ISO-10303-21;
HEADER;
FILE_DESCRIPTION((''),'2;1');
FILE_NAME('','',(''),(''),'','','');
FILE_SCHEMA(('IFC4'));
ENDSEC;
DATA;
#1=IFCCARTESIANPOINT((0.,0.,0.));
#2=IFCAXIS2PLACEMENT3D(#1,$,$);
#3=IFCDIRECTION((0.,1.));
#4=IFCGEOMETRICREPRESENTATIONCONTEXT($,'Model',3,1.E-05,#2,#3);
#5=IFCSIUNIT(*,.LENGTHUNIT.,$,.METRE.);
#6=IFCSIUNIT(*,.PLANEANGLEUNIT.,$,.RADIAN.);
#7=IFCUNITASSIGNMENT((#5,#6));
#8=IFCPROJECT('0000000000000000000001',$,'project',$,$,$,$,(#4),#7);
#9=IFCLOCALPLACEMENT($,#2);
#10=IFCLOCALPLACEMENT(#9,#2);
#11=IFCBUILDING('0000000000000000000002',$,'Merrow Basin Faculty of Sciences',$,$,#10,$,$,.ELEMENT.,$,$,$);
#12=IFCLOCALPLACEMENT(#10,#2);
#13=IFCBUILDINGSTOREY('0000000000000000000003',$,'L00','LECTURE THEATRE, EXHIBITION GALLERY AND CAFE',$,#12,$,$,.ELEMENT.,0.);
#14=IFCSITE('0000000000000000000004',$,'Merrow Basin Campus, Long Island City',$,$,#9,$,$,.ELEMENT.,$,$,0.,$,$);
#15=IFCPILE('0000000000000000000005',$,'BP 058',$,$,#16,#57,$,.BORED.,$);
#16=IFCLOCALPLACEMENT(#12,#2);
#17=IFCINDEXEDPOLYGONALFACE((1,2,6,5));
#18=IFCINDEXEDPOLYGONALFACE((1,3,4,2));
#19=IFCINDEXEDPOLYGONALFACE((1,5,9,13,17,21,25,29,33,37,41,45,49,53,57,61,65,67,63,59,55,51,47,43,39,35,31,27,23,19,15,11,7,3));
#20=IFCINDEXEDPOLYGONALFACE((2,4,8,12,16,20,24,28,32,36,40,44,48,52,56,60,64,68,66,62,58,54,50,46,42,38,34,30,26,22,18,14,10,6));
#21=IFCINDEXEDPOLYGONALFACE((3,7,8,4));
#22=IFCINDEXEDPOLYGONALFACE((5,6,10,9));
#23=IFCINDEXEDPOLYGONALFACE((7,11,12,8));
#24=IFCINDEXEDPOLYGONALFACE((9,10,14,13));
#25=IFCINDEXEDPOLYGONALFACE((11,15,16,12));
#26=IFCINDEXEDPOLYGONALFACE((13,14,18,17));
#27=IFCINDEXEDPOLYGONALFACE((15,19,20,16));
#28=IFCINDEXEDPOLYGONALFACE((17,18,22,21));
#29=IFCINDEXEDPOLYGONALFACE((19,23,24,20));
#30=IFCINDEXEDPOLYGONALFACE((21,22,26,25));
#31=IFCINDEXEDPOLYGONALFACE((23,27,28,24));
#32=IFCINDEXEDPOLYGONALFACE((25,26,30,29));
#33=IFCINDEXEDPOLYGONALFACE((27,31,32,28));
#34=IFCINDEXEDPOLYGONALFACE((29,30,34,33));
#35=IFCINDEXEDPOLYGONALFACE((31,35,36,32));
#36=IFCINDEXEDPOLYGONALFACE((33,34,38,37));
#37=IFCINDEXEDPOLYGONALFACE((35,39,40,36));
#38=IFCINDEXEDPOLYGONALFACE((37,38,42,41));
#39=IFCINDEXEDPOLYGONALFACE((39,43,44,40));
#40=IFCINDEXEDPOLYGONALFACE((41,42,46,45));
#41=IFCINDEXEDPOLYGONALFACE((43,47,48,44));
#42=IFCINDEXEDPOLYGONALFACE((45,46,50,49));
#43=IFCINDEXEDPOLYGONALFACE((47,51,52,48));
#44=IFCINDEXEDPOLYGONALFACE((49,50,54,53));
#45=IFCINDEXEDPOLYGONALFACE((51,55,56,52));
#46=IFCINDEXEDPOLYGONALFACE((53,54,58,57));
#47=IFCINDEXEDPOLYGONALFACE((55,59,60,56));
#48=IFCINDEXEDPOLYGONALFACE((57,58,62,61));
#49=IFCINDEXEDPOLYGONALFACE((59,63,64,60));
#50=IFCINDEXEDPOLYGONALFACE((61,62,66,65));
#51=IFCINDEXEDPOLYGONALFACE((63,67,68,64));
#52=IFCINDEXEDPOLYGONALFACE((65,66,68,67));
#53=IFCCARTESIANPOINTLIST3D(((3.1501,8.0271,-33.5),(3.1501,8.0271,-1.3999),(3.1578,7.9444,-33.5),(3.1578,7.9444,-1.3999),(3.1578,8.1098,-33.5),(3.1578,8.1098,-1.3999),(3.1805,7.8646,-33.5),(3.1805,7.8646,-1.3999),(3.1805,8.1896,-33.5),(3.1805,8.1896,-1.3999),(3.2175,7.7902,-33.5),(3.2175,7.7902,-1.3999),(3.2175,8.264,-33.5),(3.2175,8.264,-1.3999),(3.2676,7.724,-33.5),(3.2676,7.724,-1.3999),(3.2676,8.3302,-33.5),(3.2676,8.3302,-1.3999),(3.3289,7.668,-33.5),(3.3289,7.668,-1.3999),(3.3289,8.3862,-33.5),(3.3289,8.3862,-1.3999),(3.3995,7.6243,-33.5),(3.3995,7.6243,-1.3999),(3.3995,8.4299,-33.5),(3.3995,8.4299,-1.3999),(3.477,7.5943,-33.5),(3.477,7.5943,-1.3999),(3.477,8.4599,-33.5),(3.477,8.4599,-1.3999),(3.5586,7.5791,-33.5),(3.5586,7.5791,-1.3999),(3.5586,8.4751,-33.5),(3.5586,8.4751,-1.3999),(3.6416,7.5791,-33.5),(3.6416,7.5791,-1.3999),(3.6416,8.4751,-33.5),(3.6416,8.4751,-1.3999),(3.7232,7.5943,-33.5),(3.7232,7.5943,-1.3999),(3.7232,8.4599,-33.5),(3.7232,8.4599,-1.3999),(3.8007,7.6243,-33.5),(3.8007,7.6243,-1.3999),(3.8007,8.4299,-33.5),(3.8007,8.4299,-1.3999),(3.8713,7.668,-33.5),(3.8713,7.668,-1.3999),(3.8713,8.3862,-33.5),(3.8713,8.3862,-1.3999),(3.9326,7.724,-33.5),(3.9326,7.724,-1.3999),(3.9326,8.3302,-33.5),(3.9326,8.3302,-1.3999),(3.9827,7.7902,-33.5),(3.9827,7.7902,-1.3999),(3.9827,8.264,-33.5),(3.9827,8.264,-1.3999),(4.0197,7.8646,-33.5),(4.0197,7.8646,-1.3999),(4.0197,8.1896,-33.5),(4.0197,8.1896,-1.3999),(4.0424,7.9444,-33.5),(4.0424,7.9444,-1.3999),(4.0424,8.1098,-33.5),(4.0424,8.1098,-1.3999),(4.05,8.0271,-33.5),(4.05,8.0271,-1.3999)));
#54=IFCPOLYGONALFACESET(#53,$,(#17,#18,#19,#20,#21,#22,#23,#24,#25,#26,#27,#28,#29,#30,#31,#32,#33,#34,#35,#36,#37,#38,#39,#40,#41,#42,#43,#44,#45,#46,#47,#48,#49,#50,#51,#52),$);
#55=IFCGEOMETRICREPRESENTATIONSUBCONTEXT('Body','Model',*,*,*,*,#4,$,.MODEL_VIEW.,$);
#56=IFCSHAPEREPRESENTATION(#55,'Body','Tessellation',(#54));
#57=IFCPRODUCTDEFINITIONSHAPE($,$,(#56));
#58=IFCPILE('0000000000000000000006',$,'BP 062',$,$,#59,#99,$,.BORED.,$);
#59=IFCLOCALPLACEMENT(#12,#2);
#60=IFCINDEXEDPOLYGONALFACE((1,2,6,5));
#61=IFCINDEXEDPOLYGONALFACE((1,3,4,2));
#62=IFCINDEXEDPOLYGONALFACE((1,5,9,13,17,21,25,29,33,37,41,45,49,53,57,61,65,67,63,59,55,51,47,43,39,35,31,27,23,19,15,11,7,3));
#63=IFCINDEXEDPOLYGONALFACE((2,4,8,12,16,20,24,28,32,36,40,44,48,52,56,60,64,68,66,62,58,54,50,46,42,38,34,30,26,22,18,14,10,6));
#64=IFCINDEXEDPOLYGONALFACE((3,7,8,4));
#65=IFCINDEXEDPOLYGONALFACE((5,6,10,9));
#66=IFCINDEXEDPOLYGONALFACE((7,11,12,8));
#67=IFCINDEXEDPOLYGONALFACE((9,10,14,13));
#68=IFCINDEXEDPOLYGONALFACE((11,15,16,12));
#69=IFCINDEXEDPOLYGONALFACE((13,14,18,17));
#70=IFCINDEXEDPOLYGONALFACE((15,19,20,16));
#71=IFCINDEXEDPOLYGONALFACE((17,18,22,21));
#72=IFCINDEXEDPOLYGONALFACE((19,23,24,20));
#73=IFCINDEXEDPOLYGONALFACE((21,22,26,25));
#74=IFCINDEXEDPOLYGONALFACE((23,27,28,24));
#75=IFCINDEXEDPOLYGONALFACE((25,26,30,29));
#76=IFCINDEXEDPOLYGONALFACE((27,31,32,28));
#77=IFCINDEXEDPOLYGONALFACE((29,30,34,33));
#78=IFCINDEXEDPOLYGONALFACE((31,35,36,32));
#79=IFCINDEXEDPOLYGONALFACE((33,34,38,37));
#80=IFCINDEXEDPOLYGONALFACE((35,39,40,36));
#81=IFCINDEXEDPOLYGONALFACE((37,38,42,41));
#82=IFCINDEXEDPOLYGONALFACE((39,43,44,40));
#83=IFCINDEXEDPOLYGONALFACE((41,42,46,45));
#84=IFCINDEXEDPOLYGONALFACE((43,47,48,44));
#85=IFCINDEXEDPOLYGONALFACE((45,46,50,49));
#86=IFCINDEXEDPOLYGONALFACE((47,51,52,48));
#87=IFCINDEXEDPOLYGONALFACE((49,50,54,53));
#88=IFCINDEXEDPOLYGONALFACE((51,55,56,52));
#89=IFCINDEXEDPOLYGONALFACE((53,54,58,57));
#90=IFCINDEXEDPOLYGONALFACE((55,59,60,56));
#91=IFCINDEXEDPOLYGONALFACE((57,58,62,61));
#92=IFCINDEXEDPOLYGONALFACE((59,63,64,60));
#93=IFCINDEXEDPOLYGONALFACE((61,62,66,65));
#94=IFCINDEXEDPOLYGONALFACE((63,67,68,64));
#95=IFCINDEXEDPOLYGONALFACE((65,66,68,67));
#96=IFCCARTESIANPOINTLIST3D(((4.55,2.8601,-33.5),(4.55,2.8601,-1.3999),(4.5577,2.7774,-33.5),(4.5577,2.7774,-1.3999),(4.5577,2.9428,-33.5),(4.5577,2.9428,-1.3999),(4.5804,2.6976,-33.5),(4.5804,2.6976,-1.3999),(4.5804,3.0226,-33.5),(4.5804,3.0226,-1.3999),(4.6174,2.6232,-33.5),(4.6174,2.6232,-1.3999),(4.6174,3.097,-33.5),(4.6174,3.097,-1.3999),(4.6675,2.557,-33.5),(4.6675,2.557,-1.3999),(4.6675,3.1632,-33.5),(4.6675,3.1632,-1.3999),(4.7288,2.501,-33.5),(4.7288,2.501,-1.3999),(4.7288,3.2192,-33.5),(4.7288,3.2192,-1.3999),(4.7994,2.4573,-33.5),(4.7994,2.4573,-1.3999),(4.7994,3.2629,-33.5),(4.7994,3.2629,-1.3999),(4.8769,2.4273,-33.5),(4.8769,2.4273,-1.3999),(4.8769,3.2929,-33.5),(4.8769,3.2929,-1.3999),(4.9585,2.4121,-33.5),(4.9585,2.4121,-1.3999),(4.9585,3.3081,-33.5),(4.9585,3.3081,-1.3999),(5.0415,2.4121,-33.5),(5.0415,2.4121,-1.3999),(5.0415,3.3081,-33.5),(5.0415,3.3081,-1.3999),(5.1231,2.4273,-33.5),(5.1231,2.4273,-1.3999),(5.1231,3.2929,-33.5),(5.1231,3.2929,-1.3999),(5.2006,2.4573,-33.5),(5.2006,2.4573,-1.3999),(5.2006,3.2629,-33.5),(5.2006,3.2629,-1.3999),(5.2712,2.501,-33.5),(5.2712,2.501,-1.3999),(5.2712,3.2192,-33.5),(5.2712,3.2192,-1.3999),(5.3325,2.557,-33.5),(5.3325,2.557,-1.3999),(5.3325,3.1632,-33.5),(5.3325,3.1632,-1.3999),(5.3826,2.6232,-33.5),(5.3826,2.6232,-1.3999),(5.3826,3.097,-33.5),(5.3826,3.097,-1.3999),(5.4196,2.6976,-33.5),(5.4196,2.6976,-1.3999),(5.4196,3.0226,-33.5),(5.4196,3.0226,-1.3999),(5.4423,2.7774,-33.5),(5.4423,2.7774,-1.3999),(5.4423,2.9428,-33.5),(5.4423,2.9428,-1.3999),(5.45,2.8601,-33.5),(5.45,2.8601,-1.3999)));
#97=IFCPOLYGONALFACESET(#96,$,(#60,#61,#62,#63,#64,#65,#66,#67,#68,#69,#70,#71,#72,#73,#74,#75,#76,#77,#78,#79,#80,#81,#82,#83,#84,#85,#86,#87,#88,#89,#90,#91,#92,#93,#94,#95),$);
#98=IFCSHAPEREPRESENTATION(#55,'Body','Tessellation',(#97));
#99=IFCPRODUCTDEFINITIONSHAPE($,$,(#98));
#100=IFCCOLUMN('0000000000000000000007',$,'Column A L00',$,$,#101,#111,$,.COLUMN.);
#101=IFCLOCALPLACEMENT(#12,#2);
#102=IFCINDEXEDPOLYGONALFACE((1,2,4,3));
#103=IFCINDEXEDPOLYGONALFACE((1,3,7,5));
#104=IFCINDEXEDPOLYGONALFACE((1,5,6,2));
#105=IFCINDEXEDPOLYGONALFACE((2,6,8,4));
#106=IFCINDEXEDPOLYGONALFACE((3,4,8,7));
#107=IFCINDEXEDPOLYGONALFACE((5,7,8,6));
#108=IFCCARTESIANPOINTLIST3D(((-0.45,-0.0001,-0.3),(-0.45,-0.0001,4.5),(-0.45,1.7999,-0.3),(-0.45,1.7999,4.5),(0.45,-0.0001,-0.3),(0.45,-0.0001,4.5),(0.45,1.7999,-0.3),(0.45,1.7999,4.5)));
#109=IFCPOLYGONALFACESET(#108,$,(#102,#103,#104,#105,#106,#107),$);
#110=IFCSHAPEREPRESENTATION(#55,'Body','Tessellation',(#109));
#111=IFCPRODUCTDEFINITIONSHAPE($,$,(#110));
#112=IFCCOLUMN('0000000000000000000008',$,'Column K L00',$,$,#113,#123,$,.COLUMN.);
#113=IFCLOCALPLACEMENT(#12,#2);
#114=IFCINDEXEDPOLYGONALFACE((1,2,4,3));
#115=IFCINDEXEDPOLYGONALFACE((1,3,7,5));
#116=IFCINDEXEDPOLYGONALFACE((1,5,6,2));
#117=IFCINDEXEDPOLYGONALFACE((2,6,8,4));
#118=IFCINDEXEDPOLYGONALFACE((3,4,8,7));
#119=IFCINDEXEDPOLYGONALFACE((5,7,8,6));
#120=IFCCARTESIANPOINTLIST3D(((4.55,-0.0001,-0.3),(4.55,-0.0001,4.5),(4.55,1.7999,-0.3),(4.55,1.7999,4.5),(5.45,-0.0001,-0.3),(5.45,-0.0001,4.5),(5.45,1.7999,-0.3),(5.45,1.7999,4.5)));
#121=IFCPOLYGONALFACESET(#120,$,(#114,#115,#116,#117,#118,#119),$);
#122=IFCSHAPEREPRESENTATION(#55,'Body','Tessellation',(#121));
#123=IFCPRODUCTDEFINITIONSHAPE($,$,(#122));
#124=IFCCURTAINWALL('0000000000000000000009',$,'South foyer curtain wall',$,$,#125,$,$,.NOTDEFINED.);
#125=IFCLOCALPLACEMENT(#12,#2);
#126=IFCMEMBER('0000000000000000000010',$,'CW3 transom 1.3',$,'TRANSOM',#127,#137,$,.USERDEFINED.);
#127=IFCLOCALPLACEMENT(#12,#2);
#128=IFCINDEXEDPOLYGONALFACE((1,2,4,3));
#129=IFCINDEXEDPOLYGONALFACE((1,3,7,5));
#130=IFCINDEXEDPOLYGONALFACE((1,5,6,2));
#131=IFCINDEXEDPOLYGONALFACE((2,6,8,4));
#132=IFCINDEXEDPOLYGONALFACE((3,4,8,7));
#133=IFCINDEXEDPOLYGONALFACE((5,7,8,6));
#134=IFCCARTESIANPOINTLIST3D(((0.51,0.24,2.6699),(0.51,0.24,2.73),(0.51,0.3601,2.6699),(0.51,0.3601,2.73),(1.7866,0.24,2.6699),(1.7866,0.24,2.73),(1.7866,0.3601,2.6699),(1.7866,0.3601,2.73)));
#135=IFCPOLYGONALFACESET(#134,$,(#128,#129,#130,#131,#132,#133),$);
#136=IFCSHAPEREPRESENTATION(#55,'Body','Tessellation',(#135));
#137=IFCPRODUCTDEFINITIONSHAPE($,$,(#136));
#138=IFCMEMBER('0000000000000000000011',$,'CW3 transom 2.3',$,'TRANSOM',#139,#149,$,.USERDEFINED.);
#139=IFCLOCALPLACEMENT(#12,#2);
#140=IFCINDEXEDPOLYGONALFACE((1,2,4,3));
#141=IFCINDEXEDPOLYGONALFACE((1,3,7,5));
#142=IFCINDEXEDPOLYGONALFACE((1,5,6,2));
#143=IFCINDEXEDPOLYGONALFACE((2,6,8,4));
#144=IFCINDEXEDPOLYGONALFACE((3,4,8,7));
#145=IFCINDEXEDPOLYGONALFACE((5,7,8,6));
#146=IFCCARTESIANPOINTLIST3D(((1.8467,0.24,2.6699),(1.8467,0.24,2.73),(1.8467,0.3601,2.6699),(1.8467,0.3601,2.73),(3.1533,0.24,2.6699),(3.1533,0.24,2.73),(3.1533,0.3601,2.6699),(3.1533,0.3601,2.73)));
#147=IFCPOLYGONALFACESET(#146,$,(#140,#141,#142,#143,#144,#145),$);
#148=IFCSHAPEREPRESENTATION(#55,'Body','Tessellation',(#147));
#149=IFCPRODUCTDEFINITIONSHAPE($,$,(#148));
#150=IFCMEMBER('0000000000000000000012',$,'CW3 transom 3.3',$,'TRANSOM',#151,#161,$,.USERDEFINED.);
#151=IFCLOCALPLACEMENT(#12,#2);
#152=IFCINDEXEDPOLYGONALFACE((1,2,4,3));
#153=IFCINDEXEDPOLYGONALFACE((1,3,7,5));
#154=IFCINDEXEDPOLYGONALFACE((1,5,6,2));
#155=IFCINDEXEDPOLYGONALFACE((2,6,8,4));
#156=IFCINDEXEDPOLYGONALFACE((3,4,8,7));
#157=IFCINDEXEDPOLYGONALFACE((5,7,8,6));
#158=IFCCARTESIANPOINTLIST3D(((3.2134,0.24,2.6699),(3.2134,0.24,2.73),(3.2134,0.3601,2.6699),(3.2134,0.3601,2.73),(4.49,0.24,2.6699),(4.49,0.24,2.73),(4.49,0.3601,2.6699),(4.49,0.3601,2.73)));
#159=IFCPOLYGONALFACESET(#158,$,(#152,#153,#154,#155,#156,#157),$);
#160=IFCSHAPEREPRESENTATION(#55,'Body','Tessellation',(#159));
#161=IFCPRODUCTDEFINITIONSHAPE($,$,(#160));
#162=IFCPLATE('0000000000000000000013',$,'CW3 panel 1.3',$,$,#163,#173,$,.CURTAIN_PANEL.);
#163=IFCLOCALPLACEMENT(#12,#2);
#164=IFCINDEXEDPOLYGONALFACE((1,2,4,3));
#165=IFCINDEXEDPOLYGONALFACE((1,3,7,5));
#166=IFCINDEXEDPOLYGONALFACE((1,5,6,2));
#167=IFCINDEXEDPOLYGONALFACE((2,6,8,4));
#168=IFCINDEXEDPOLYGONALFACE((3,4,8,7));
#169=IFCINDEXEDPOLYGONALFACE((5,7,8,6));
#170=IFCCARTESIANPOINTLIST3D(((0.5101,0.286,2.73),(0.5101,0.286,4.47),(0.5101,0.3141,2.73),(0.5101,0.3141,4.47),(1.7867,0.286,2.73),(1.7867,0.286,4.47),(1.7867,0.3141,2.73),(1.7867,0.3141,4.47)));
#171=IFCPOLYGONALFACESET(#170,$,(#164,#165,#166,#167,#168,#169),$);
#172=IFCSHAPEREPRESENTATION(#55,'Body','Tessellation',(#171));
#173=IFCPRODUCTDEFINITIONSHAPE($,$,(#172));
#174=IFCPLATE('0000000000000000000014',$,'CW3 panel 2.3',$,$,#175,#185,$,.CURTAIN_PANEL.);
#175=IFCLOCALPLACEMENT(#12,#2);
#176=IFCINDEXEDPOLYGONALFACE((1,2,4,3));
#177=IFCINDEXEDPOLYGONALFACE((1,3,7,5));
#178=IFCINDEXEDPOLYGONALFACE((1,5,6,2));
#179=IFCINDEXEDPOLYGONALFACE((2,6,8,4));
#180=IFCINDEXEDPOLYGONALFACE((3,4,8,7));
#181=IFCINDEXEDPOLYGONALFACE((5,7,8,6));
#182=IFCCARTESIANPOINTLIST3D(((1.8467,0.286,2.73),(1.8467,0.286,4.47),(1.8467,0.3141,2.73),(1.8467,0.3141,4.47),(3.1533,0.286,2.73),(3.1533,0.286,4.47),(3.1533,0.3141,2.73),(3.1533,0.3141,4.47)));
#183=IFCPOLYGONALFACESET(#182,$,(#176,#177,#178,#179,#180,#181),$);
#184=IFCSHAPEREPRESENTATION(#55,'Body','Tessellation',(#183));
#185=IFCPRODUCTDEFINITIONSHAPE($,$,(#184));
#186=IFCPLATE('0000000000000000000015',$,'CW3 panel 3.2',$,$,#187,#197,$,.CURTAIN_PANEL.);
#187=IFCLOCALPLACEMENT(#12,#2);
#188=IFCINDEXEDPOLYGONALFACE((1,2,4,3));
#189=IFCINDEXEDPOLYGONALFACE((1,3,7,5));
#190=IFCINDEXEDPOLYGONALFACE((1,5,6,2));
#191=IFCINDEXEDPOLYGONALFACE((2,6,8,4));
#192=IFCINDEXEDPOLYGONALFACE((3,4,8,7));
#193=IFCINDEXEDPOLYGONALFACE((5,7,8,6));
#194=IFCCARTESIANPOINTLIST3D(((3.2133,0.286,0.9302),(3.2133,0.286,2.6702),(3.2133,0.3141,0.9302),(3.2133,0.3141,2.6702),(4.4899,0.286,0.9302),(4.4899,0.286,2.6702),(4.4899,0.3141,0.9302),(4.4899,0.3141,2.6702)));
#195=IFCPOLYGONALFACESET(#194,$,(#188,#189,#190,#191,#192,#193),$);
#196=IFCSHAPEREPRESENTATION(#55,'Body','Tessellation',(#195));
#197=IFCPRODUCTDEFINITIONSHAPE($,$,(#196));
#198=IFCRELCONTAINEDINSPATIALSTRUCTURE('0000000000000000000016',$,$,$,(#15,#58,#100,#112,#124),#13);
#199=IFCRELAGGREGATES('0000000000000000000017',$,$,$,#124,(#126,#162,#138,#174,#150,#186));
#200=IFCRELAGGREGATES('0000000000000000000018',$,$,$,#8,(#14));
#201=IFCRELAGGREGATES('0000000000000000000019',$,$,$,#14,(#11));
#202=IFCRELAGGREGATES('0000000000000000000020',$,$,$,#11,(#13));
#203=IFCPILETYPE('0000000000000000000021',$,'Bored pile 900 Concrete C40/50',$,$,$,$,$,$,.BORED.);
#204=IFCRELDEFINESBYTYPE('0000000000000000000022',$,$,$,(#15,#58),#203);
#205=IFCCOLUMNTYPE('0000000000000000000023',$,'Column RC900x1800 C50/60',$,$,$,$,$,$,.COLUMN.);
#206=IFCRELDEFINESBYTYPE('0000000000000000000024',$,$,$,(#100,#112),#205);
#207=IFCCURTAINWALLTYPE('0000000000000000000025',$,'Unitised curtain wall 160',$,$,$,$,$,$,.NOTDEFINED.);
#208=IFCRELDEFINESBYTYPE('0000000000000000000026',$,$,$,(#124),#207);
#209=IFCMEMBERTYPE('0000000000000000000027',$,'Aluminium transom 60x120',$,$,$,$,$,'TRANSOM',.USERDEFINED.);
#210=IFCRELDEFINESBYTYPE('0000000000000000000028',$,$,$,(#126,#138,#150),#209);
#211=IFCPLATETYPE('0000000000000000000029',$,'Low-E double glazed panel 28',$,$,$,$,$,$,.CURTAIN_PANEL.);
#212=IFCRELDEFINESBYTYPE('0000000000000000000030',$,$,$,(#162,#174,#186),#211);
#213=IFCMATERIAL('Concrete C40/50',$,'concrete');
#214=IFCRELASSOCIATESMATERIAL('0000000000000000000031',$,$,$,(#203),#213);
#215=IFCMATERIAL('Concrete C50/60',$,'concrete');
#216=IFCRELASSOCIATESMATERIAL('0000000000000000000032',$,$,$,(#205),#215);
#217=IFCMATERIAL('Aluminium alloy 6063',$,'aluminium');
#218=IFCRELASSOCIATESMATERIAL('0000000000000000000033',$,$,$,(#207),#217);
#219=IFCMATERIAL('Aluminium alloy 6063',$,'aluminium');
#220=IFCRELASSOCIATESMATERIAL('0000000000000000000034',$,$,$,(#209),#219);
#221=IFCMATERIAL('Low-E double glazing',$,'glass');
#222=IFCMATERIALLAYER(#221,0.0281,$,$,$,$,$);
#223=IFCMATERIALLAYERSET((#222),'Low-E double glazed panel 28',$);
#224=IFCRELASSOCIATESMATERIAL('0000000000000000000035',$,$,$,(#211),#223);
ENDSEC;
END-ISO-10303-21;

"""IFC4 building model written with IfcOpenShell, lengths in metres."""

from ifc_helpers import new_model, si_unit, direction, frame, origin, origin_2d, place, context, subcontext, project, spatial, rectangle, circle, extrude, material, layer, layer_set, material_profile, profile_set, type_object, element, aggregate, save


model = new_model("IFC4")

# Units and contexts
model_context = context("Model", 3, precision=1e-05, world=origin(), true_north=direction((0.0, 1.0)))
body_context = subcontext(model_context, "Body", "Model", "MODEL_VIEW")
ifc_project = project(units=[si_unit("LENGTHUNIT", "METRE"), si_unit("PLANEANGLEUNIT", "RADIAN")], contexts=[model_context])

# Site, building, storey
site_placement = place(None, origin())
site = spatial("IfcSite", under=ifc_project, at=site_placement, Name="Merrow Basin Campus, Long Island City", CompositionType="ELEMENT", RefElevation=0.0)
building_placement = place(site_placement, origin())
building = spatial("IfcBuilding", under=site, at=building_placement, Name="Merrow Basin Faculty of Sciences", CompositionType="ELEMENT")
storey_placement = place(building_placement, origin())
storey = spatial("IfcBuildingStorey", under=building, at=storey_placement, Name="L00", Description="LECTURE THEATRE, EXHIBITION GALLERY AND CAFE", CompositionType="ELEMENT", Elevation=0.0)

# Piles
ifc_material_1 = material(Name="Concrete C40/50", Category="concrete")
ifc_material_profile_1 = material_profile(ifc_material_1, circle(Radius=0.45, at=origin_2d()))
ifc_profile_set_1 = profile_set([ifc_material_profile_1], Name="Concrete C40/50")
pile_type_1 = type_object("IfcPileType", Name="Bored pile 900 Concrete C40/50", PredefinedType="BORED", material=ifc_profile_set_1)
for number, where, z_axis, x_axis, name in (
    (1, (3.6001, 8.0271, -1.3999), (0.0, 0.0, -1.0), (1.0, 0.0, 0.0), "BP 058"),
    (2, (5.0, 2.8601, -1.3999), (0.0, 0.0, -1.0), (1.0, 0.0, 0.0), "BP 062"),
):
    element("IfcPile", number, at=place(storey_placement, frame(where, z_axis=z_axis, x_axis=x_axis)), inside=storey, type_object=pile_type_1, Name=name, PredefinedType="BORED", context=body_context, shape_type="SweptSolid", body=[
        extrude(circle(Radius=0.45, at=origin_2d()), origin(), (0.0, 0.0, 1.0), 32.1001),
    ])

# Columns
ifc_material_2 = material(Name="Concrete C50/60", Category="concrete")
ifc_material_profile_2 = material_profile(ifc_material_2, rectangle(XDim=0.8999, YDim=1.8, at=origin_2d()))
ifc_profile_set_2 = profile_set([ifc_material_profile_2], Name="Concrete C50/60")
column_type = type_object("IfcColumnType", Name="Column RC900x1800 C50/60", PredefinedType="COLUMN", material=ifc_profile_set_2)
for number, where, z_axis, x_axis, name in (
    (3, (0.0, 0.8999, -0.3), (0.0, 0.0, 1.0), (1.0, 0.0, 0.0), "Column A L00"),
    (4, (5.0, 0.8999, -0.3), (0.0, 0.0, 1.0), (1.0, 0.0, 0.0), "Column K L00"),
):
    element("IfcColumn", number, at=place(storey_placement, frame(where, z_axis=z_axis, x_axis=x_axis)), inside=storey, type_object=column_type, Name=name, PredefinedType="COLUMN", context=body_context, shape_type="SweptSolid", body=[
        extrude(rectangle(XDim=0.8999, YDim=1.8, at=origin_2d()), origin(), (0.0, 0.0, 1.0), 4.8),
    ])

# Curtain wall, members, plates
ifc_material_3 = material(Name="Aluminium alloy 6063", Category="aluminium")
curtain_wall_type = type_object("IfcCurtainWallType", Name="Unitised curtain wall 160", PredefinedType="NOTDEFINED", material=ifc_material_3)
curtain_wall_placement = place(storey_placement, origin())
curtain_wall = element("IfcCurtainWall", 5, at=curtain_wall_placement, inside=storey, type_object=curtain_wall_type, Name="South foyer curtain wall", PredefinedType="NOTDEFINED")
ifc_material_4 = material(Name="Aluminium alloy 6063", Category="aluminium")
ifc_material_profile_3 = material_profile(ifc_material_4, rectangle(XDim=0.1201, YDim=0.0601, at=origin_2d()))
ifc_profile_set_3 = profile_set([ifc_material_profile_3], Name="Aluminium alloy 6063")
member_type = type_object("IfcMemberType", Name="Aluminium transom 60x120", ElementType="TRANSOM", PredefinedType="USERDEFINED", material=ifc_profile_set_3)
member_1_placement = place(storey_placement, frame((0.51, 0.3, 2.7), z_axis=(1.0, 0.0, 0.0), x_axis=(0.0, 1.0, 0.0)))
member_1 = element("IfcMember", 6, at=member_1_placement, type_object=member_type, Name="CW3 transom 1.3", ObjectType="TRANSOM", PredefinedType="USERDEFINED", context=body_context, shape_type="SweptSolid", body=[
    extrude(rectangle(XDim=0.1201, YDim=0.0601, at=origin_2d()), origin(), (0.0, 0.0, 1.0), 1.2766),
])
member_2_placement = place(storey_placement, frame((1.8467, 0.3, 2.7), z_axis=(1.0, 0.0, 0.0), x_axis=(0.0, 1.0, 0.0)))
member_2 = element("IfcMember", 7, at=member_2_placement, type_object=member_type, Name="CW3 transom 2.3", ObjectType="TRANSOM", PredefinedType="USERDEFINED", context=body_context, shape_type="SweptSolid", body=[
    extrude(rectangle(XDim=0.1201, YDim=0.0601, at=origin_2d()), origin(), (0.0, 0.0, 1.0), 1.3066),
])
member_3_placement = place(storey_placement, frame((3.2134, 0.3, 2.7), z_axis=(1.0, 0.0, 0.0), x_axis=(0.0, 1.0, 0.0)))
member_3 = element("IfcMember", 8, at=member_3_placement, type_object=member_type, Name="CW3 transom 3.3", ObjectType="TRANSOM", PredefinedType="USERDEFINED", context=body_context, shape_type="SweptSolid", body=[
    extrude(rectangle(XDim=0.1201, YDim=0.0601, at=origin_2d()), origin(), (0.0, 0.0, 1.0), 1.2766),
])
ifc_material_5 = material(Name="Low-E double glazing", Category="glass")
ifc_layer_1 = layer(ifc_material_5, 0.0281)
ifc_layer_set_1 = layer_set([ifc_layer_1], Name="Low-E double glazed panel 28")
plate_type = type_object("IfcPlateType", Name="Low-E double glazed panel 28", PredefinedType="CURTAIN_PANEL", material=ifc_layer_set_1)
plate_1_placement = place(storey_placement, frame((1.1484, 0.3, 2.73), z_axis=(0.0, 0.0, 1.0), x_axis=(1.0, 0.0, 0.0)))
plate_1 = element("IfcPlate", 9, at=plate_1_placement, type_object=plate_type, Name="CW3 panel 1.3", PredefinedType="CURTAIN_PANEL", context=body_context, shape_type="SweptSolid", body=[
    extrude(rectangle(XDim=1.2766, YDim=0.0281, at=origin_2d()), origin(), (0.0, 0.0, 1.0), 1.74),
])
plate_2_placement = place(storey_placement, frame((2.5, 0.3, 2.73), z_axis=(0.0, 0.0, 1.0), x_axis=(1.0, 0.0, 0.0)))
plate_2 = element("IfcPlate", 10, at=plate_2_placement, type_object=plate_type, Name="CW3 panel 2.3", PredefinedType="CURTAIN_PANEL", context=body_context, shape_type="SweptSolid", body=[
    extrude(rectangle(XDim=1.3066, YDim=0.0281, at=origin_2d()), origin(), (0.0, 0.0, 1.0), 1.74),
])
plate_3_placement = place(storey_placement, frame((3.8516, 0.3, 0.9302), z_axis=(0.0, 0.0, 1.0), x_axis=(1.0, 0.0, 0.0)))
plate_3 = element("IfcPlate", 11, at=plate_3_placement, type_object=plate_type, Name="CW3 panel 3.2", PredefinedType="CURTAIN_PANEL", context=body_context, shape_type="SweptSolid", body=[
    extrude(rectangle(XDim=1.2766, YDim=0.0281, at=origin_2d()), origin(), (0.0, 0.0, 1.0), 1.74),
])
aggregate(curtain_wall, [member_1, plate_1, member_2, plate_2, member_3, plate_3])

save(model, "model.ifc")
